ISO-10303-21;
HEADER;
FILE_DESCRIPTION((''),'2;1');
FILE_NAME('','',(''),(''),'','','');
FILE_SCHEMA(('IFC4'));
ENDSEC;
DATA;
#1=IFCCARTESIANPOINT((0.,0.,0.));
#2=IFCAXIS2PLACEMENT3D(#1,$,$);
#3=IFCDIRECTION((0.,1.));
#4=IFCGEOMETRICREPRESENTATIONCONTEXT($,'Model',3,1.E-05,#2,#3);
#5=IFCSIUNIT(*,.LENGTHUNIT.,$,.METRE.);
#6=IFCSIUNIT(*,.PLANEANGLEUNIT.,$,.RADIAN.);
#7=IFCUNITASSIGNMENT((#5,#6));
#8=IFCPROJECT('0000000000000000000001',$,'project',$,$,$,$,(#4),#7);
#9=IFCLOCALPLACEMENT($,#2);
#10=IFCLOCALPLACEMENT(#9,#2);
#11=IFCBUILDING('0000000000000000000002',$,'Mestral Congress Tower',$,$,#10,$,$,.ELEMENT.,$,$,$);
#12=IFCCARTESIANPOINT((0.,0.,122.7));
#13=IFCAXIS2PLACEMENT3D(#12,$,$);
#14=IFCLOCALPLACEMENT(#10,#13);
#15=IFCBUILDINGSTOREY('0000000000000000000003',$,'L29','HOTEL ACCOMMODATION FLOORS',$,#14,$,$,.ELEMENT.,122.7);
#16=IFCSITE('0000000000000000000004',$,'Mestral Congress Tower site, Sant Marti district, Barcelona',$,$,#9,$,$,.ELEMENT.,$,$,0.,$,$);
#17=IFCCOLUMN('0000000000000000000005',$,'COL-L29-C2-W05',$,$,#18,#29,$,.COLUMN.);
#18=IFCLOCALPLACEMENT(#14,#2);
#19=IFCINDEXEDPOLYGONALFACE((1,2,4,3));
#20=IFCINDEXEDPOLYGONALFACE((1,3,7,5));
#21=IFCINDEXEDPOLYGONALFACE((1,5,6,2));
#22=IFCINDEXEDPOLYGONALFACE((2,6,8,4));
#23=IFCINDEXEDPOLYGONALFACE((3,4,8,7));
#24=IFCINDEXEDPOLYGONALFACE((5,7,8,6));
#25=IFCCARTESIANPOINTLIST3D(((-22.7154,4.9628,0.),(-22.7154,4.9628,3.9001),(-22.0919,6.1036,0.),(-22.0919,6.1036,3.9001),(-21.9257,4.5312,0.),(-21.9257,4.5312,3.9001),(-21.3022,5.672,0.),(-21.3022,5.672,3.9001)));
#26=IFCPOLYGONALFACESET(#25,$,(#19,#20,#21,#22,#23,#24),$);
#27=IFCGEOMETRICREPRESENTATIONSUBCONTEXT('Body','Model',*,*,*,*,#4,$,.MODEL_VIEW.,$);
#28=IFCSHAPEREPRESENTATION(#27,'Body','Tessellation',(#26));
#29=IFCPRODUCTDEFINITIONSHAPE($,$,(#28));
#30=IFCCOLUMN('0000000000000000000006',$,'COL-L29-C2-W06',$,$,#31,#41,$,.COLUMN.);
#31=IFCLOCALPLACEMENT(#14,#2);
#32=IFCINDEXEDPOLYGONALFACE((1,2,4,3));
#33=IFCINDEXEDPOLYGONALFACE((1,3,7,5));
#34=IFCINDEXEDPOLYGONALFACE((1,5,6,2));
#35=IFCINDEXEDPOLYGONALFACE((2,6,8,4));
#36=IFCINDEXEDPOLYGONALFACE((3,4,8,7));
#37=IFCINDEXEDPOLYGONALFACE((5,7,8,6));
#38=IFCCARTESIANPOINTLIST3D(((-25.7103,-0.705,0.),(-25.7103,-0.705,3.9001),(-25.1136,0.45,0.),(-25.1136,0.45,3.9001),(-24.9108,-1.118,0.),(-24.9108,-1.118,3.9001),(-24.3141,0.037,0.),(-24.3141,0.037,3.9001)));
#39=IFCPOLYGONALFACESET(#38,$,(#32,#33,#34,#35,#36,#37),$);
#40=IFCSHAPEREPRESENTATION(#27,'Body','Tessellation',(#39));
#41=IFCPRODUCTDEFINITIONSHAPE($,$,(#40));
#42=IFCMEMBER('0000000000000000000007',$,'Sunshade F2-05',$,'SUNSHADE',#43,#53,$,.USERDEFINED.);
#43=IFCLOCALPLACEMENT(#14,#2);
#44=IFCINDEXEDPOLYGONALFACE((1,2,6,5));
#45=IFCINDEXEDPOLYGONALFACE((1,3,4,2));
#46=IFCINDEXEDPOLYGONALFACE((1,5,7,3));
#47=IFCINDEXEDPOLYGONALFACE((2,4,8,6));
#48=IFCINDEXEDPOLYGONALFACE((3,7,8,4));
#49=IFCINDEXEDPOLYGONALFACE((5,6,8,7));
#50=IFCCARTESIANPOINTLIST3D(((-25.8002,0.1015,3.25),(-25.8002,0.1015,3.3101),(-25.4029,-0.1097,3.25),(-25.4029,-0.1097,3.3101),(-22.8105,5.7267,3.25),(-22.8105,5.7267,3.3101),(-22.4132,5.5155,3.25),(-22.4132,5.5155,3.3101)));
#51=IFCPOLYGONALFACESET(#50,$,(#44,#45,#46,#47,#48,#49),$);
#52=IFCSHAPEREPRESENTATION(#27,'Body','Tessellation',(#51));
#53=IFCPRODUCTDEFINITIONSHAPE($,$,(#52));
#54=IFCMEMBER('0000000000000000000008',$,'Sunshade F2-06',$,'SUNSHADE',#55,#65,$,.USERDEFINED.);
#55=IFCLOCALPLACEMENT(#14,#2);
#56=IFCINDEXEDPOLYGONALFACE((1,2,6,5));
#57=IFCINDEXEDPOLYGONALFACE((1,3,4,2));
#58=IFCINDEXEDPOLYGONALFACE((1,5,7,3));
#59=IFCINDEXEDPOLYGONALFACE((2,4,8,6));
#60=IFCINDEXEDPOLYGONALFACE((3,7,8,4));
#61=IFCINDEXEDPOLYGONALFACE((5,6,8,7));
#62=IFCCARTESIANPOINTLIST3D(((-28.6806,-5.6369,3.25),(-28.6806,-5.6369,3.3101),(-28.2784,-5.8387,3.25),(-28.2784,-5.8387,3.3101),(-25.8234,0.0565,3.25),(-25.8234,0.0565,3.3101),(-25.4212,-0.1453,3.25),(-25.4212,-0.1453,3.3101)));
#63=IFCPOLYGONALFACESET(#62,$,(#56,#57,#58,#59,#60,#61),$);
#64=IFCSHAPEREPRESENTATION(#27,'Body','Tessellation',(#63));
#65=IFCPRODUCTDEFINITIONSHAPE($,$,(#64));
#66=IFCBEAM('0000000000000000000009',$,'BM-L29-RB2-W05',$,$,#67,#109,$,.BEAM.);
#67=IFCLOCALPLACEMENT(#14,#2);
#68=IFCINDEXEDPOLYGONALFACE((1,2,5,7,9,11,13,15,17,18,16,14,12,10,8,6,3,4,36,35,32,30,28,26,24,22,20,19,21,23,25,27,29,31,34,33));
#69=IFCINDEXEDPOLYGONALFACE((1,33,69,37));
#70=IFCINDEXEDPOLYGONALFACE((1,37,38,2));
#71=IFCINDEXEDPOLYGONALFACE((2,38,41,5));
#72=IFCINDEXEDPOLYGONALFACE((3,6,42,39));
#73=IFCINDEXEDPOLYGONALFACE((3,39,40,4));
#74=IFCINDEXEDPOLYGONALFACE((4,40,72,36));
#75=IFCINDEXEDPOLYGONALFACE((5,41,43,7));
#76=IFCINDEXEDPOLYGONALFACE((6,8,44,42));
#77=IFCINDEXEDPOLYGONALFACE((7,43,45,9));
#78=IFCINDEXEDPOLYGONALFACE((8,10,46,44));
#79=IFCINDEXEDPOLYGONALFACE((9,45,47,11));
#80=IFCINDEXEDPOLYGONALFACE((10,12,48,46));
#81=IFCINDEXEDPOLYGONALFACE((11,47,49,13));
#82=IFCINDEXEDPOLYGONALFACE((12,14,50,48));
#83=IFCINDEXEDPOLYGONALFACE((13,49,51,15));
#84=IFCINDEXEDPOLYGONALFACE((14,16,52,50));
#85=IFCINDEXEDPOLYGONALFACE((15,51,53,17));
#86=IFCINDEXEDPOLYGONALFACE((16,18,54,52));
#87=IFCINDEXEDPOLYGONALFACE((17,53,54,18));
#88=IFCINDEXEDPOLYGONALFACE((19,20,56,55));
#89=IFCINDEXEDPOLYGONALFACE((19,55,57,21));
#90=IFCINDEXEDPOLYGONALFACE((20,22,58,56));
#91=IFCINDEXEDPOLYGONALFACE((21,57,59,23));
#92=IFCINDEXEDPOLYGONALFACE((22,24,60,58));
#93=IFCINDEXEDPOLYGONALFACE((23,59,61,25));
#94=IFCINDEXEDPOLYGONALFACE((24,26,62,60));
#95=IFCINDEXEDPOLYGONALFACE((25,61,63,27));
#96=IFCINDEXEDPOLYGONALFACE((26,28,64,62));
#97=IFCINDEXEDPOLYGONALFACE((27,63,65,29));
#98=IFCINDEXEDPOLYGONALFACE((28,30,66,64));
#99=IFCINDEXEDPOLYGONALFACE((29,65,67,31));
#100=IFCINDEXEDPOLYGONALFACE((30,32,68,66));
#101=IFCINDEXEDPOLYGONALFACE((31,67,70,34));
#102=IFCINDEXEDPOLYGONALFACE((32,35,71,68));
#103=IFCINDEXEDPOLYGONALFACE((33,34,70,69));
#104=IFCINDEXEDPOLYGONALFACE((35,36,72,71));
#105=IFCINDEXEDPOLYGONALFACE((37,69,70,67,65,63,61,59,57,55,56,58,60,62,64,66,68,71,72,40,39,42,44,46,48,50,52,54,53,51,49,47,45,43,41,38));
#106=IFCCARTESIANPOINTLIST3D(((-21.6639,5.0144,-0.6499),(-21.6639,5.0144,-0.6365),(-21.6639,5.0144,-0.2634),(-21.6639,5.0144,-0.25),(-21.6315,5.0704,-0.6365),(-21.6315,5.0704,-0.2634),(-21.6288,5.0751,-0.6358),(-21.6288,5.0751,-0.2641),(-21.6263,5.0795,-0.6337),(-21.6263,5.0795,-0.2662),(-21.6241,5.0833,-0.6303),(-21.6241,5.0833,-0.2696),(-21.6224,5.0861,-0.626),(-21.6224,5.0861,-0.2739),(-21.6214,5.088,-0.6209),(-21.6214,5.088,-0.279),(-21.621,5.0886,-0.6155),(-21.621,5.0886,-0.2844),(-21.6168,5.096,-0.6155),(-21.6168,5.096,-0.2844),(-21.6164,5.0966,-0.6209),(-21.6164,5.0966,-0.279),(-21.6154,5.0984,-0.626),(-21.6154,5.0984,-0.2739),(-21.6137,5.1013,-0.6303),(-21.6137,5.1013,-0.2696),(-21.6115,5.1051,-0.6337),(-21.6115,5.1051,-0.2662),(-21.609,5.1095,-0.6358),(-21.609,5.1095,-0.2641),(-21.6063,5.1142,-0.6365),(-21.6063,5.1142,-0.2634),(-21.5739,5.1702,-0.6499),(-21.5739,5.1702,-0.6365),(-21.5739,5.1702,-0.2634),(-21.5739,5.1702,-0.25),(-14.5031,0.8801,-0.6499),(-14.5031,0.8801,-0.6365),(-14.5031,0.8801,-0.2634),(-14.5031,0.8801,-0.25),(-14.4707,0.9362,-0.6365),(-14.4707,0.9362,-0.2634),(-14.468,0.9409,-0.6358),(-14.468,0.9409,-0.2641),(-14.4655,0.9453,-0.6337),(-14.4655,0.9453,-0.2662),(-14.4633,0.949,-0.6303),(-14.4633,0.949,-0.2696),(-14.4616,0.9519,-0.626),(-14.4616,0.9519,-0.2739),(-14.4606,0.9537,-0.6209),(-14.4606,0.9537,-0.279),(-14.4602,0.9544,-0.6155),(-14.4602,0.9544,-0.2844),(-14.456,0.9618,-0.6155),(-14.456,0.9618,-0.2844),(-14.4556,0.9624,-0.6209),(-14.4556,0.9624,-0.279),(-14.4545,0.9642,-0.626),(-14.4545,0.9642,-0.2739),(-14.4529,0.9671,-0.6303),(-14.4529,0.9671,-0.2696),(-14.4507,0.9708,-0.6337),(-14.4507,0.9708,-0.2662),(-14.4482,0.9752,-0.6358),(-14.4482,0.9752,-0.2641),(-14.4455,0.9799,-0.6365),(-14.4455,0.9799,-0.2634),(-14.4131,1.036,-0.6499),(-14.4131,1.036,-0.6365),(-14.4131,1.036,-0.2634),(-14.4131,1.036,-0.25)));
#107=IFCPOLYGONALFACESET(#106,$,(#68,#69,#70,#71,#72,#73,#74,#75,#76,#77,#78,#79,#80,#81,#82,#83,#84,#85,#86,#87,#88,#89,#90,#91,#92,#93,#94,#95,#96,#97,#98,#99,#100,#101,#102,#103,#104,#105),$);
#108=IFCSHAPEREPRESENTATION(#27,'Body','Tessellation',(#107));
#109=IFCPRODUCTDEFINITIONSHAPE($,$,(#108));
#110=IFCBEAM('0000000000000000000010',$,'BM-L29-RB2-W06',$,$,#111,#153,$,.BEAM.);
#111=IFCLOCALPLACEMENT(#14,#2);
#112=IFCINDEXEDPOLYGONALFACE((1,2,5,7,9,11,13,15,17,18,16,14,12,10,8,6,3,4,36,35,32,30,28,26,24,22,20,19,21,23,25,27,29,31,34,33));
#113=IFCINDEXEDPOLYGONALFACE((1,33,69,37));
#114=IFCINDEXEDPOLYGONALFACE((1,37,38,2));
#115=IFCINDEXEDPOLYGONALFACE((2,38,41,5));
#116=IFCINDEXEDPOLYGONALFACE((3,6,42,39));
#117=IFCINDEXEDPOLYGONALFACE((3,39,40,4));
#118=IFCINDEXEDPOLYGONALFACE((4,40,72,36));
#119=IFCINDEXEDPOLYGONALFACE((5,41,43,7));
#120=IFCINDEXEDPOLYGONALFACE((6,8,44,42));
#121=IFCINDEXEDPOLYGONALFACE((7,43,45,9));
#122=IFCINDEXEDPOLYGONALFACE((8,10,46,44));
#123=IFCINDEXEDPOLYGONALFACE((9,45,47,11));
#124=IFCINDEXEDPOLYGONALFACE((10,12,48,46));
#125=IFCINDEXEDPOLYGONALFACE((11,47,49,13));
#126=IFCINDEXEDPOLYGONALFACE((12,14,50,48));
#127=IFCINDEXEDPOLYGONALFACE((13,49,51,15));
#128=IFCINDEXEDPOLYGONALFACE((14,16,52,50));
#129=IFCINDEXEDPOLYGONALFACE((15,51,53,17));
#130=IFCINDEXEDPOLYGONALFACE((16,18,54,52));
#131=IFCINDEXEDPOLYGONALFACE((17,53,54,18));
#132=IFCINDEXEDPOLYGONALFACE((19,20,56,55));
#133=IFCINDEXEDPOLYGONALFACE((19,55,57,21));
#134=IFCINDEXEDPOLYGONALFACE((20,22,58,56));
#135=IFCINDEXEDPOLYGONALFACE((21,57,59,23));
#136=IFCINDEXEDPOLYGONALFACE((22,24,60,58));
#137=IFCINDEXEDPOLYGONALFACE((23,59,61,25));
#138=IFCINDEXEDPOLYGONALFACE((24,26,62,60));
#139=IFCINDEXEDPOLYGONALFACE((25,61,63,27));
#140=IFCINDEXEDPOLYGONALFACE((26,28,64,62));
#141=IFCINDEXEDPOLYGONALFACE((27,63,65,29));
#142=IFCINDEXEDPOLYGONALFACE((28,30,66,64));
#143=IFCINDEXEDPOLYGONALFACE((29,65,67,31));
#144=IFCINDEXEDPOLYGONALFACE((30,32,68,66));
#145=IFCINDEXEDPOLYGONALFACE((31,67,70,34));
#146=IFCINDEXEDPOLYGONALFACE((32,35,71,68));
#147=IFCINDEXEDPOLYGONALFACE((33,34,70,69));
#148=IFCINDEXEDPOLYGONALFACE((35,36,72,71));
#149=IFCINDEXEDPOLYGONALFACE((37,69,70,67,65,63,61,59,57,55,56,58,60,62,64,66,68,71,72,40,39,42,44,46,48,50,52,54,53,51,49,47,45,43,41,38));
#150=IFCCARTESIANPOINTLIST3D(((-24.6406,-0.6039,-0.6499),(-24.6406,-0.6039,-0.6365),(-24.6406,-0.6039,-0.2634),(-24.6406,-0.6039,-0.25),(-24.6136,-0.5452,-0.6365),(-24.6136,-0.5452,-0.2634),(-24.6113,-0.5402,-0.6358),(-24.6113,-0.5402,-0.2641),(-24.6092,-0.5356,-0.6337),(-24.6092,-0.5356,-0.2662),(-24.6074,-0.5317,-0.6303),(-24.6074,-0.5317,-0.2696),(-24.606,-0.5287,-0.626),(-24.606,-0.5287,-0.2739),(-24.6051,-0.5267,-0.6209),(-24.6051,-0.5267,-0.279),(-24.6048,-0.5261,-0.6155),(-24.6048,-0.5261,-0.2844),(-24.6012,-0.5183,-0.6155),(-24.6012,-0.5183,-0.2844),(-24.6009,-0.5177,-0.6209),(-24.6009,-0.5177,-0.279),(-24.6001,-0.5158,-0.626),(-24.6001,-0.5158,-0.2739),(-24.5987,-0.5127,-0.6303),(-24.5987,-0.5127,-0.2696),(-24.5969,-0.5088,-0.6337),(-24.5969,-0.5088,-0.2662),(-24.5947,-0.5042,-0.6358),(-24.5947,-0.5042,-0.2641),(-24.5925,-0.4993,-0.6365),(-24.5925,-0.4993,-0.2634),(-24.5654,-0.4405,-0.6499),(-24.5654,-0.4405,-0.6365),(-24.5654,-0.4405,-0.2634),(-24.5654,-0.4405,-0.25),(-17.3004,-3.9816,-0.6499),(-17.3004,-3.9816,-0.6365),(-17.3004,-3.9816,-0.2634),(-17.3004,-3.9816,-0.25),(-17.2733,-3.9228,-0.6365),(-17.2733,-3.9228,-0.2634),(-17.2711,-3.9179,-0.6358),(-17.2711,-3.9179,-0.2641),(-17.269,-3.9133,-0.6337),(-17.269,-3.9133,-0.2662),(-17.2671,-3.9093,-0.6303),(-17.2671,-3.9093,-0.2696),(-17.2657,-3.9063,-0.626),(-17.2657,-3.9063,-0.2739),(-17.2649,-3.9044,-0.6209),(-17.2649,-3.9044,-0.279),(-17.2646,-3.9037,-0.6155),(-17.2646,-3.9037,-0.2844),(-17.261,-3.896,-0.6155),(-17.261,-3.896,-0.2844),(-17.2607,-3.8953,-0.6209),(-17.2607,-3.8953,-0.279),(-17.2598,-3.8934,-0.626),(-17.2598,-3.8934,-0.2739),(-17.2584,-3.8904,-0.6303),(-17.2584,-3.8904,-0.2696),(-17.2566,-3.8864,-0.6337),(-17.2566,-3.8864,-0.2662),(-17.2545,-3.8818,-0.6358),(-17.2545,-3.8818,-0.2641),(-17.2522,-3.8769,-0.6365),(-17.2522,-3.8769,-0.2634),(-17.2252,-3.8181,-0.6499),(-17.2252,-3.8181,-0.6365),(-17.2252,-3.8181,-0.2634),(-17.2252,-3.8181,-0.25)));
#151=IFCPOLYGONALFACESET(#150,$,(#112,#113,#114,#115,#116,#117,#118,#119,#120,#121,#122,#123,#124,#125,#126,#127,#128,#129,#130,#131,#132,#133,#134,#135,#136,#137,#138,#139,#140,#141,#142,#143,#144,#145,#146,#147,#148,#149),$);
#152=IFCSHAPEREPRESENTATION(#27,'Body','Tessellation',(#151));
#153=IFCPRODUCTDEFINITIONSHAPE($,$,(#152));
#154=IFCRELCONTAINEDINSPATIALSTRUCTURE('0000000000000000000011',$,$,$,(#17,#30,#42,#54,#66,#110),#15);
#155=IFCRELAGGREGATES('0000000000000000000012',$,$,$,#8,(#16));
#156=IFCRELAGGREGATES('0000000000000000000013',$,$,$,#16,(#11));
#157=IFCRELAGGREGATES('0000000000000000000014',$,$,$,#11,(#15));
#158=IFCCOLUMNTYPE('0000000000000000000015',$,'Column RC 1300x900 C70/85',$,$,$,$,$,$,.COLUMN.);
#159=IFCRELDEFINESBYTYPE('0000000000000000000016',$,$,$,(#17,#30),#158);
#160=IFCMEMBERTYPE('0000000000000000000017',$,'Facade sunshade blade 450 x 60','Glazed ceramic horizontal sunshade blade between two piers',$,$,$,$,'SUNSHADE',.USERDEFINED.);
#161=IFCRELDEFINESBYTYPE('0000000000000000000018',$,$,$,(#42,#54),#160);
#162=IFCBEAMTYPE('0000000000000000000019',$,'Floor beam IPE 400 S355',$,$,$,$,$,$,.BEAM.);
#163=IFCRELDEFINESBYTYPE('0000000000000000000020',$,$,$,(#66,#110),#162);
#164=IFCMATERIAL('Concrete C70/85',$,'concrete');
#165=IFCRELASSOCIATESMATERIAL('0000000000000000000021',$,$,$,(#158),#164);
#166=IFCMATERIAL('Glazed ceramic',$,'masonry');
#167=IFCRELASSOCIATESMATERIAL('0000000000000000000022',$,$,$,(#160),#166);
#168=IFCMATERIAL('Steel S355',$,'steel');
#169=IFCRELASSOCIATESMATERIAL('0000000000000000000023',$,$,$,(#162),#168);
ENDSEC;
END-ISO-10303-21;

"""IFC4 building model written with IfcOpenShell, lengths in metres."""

from ifc_helpers import new_model, si_unit, direction, frame, origin, origin_2d, place, context, subcontext, project, spatial, rectangle, i_section, extrude, material, material_profile, profile_set, type_object, element, save


model = new_model("IFC4")

# Units and contexts
model_context = context("Model", 3, precision=1e-05, world=origin(), true_north=direction((0.0, 1.0)))
body_context = subcontext(model_context, "Body", "Model", "MODEL_VIEW")
ifc_project = project(units=[si_unit("LENGTHUNIT", "METRE"), si_unit("PLANEANGLEUNIT", "RADIAN")], contexts=[model_context])

# Site, building, storey
site_placement = place(None, origin())
site = spatial("IfcSite", under=ifc_project, at=site_placement, Name="Mestral Congress Tower site, Sant Marti district, Barcelona", CompositionType="ELEMENT", RefElevation=0.0)
building_placement = place(site_placement, origin())
building = spatial("IfcBuilding", under=site, at=building_placement, Name="Mestral Congress Tower", CompositionType="ELEMENT")
storey_placement = place(building_placement, frame((0.0, 0.0, 122.7)))
storey = spatial("IfcBuildingStorey", under=building, at=storey_placement, Name="L29", Description="HOTEL ACCOMMODATION FLOORS", CompositionType="ELEMENT", Elevation=122.7)

# Columns
ifc_material_1 = material(Name="Concrete C70/85", Category="concrete")
ifc_material_profile_1 = material_profile(ifc_material_1, rectangle(XDim=1.3, YDim=0.8999, at=origin_2d()), Name="RC 1300x900")
ifc_profile_set_1 = profile_set([ifc_material_profile_1], Name="Concrete C70/85")
column_type = type_object("IfcColumnType", Name="Column RC 1300x900 C70/85", PredefinedType="COLUMN", material=ifc_profile_set_1)
for number, where, z_axis, x_axis, name in (
    (1, (-22.0088, 5.3174, 0.0), (0.0, 0.0, 1.0), (-0.479613, -0.87748, 0.0), "COL-L29-C2-W05"),
    (2, (-25.0122, -0.334, 0.0), (0.0, 0.0, 1.0), (-0.458961, -0.888456, 0.0), "COL-L29-C2-W06"),
):
    element("IfcColumn", number, at=place(storey_placement, frame(where, z_axis=z_axis, x_axis=x_axis)), inside=storey, type_object=column_type, Name=name, PredefinedType="COLUMN", context=body_context, shape_type="SweptSolid", body=[
        extrude(rectangle(XDim=1.3, YDim=0.8999, at=origin_2d()), origin(), (0.0, 0.0, 1.0), 3.9001),
    ])

# Members
ifc_material_2 = material(Name="Glazed ceramic", Category="masonry")
ifc_material_profile_2 = material_profile(ifc_material_2, rectangle(XDim=0.45, YDim=0.0601, at=origin_2d()), Name="Ceramic blade 450 x 60")
ifc_profile_set_2 = profile_set([ifc_material_profile_2], Name="Glazed ceramic")
member_type = type_object("IfcMemberType", Name="Facade sunshade blade 450 x 60", Description="Glazed ceramic horizontal sunshade blade between two piers", ElementType="SUNSHADE", PredefinedType="USERDEFINED", material=ifc_profile_set_2)
member_1_placement = place(storey_placement, frame((-22.6118, 5.6211, 3.28), z_axis=(-0.469319, -0.883029, 0.0), x_axis=(0.883029, -0.469319, 0.0)))
element("IfcMember", 3, at=member_1_placement, inside=storey, type_object=member_type, Name="Sunshade F2-05", ObjectType="SUNSHADE", PredefinedType="USERDEFINED", context=body_context, shape_type="SweptSolid", body=[
    extrude(rectangle(XDim=0.45, YDim=0.0601, at=origin_2d()), origin(), (0.0, 0.0, 1.0), 6.3704),
])
member_2_placement = place(storey_placement, frame((-25.6223, -0.0444, 3.28), z_axis=(-0.448532, -0.893767, 0.0), x_axis=(0.893767, -0.448532, 0.0)))
element("IfcMember", 4, at=member_2_placement, inside=storey, type_object=member_type, Name="Sunshade F2-06", ObjectType="SUNSHADE", PredefinedType="USERDEFINED", context=body_context, shape_type="SweptSolid", body=[
    extrude(rectangle(XDim=0.45, YDim=0.0601, at=origin_2d()), origin(), (0.0, 0.0, 1.0), 6.3701),
])

# Beams
ifc_material_3 = material(Name="Steel S355", Category="steel")
ifc_material_profile_3 = material_profile(ifc_material_3, i_section(OverallWidth=0.1799, OverallDepth=0.3999, WebThickness=0.0085, FlangeThickness=0.0134, FilletRadius=0.021, at=origin_2d()), Name="IPE 400")
ifc_profile_set_3 = profile_set([ifc_material_profile_3], Name="Steel S355")
beam_type_1 = type_object("IfcBeamType", Name="Floor beam IPE 400 S355", PredefinedType="BEAM", material=ifc_profile_set_3)
beam_1_placement = place(storey_placement, frame((-21.6189, 5.0923, -0.45), z_axis=(0.866029, -0.499994, 0.0), x_axis=(0.499994, 0.866029, 0.0)))
element("IfcBeam", 5, at=beam_1_placement, inside=storey, type_object=beam_type_1, Name="BM-L29-RB2-W05", PredefinedType="BEAM", context=body_context, shape_type="SweptSolid", body=[
    extrude(i_section(OverallWidth=0.1799, OverallDepth=0.3999, WebThickness=0.0085, FlangeThickness=0.0134, FilletRadius=0.021, at=origin_2d()), origin(), (0.0, 0.0, 1.0), 8.2686),
])
beam_2_placement = place(storey_placement, frame((-24.603, -0.5222, -0.45), z_axis=(0.908437, -0.418021, 0.0), x_axis=(0.418021, 0.908437, 0.0)))
element("IfcBeam", 6, at=beam_2_placement, inside=storey, type_object=beam_type_1, Name="BM-L29-RB2-W06", PredefinedType="BEAM", context=body_context, shape_type="SweptSolid", body=[
    extrude(i_section(OverallWidth=0.1799, OverallDepth=0.3999, WebThickness=0.0085, FlangeThickness=0.0134, FilletRadius=0.021, at=origin_2d()), origin(), (0.0, 0.0, 1.0), 8.0801),
])

save(model, "model.ifc")
